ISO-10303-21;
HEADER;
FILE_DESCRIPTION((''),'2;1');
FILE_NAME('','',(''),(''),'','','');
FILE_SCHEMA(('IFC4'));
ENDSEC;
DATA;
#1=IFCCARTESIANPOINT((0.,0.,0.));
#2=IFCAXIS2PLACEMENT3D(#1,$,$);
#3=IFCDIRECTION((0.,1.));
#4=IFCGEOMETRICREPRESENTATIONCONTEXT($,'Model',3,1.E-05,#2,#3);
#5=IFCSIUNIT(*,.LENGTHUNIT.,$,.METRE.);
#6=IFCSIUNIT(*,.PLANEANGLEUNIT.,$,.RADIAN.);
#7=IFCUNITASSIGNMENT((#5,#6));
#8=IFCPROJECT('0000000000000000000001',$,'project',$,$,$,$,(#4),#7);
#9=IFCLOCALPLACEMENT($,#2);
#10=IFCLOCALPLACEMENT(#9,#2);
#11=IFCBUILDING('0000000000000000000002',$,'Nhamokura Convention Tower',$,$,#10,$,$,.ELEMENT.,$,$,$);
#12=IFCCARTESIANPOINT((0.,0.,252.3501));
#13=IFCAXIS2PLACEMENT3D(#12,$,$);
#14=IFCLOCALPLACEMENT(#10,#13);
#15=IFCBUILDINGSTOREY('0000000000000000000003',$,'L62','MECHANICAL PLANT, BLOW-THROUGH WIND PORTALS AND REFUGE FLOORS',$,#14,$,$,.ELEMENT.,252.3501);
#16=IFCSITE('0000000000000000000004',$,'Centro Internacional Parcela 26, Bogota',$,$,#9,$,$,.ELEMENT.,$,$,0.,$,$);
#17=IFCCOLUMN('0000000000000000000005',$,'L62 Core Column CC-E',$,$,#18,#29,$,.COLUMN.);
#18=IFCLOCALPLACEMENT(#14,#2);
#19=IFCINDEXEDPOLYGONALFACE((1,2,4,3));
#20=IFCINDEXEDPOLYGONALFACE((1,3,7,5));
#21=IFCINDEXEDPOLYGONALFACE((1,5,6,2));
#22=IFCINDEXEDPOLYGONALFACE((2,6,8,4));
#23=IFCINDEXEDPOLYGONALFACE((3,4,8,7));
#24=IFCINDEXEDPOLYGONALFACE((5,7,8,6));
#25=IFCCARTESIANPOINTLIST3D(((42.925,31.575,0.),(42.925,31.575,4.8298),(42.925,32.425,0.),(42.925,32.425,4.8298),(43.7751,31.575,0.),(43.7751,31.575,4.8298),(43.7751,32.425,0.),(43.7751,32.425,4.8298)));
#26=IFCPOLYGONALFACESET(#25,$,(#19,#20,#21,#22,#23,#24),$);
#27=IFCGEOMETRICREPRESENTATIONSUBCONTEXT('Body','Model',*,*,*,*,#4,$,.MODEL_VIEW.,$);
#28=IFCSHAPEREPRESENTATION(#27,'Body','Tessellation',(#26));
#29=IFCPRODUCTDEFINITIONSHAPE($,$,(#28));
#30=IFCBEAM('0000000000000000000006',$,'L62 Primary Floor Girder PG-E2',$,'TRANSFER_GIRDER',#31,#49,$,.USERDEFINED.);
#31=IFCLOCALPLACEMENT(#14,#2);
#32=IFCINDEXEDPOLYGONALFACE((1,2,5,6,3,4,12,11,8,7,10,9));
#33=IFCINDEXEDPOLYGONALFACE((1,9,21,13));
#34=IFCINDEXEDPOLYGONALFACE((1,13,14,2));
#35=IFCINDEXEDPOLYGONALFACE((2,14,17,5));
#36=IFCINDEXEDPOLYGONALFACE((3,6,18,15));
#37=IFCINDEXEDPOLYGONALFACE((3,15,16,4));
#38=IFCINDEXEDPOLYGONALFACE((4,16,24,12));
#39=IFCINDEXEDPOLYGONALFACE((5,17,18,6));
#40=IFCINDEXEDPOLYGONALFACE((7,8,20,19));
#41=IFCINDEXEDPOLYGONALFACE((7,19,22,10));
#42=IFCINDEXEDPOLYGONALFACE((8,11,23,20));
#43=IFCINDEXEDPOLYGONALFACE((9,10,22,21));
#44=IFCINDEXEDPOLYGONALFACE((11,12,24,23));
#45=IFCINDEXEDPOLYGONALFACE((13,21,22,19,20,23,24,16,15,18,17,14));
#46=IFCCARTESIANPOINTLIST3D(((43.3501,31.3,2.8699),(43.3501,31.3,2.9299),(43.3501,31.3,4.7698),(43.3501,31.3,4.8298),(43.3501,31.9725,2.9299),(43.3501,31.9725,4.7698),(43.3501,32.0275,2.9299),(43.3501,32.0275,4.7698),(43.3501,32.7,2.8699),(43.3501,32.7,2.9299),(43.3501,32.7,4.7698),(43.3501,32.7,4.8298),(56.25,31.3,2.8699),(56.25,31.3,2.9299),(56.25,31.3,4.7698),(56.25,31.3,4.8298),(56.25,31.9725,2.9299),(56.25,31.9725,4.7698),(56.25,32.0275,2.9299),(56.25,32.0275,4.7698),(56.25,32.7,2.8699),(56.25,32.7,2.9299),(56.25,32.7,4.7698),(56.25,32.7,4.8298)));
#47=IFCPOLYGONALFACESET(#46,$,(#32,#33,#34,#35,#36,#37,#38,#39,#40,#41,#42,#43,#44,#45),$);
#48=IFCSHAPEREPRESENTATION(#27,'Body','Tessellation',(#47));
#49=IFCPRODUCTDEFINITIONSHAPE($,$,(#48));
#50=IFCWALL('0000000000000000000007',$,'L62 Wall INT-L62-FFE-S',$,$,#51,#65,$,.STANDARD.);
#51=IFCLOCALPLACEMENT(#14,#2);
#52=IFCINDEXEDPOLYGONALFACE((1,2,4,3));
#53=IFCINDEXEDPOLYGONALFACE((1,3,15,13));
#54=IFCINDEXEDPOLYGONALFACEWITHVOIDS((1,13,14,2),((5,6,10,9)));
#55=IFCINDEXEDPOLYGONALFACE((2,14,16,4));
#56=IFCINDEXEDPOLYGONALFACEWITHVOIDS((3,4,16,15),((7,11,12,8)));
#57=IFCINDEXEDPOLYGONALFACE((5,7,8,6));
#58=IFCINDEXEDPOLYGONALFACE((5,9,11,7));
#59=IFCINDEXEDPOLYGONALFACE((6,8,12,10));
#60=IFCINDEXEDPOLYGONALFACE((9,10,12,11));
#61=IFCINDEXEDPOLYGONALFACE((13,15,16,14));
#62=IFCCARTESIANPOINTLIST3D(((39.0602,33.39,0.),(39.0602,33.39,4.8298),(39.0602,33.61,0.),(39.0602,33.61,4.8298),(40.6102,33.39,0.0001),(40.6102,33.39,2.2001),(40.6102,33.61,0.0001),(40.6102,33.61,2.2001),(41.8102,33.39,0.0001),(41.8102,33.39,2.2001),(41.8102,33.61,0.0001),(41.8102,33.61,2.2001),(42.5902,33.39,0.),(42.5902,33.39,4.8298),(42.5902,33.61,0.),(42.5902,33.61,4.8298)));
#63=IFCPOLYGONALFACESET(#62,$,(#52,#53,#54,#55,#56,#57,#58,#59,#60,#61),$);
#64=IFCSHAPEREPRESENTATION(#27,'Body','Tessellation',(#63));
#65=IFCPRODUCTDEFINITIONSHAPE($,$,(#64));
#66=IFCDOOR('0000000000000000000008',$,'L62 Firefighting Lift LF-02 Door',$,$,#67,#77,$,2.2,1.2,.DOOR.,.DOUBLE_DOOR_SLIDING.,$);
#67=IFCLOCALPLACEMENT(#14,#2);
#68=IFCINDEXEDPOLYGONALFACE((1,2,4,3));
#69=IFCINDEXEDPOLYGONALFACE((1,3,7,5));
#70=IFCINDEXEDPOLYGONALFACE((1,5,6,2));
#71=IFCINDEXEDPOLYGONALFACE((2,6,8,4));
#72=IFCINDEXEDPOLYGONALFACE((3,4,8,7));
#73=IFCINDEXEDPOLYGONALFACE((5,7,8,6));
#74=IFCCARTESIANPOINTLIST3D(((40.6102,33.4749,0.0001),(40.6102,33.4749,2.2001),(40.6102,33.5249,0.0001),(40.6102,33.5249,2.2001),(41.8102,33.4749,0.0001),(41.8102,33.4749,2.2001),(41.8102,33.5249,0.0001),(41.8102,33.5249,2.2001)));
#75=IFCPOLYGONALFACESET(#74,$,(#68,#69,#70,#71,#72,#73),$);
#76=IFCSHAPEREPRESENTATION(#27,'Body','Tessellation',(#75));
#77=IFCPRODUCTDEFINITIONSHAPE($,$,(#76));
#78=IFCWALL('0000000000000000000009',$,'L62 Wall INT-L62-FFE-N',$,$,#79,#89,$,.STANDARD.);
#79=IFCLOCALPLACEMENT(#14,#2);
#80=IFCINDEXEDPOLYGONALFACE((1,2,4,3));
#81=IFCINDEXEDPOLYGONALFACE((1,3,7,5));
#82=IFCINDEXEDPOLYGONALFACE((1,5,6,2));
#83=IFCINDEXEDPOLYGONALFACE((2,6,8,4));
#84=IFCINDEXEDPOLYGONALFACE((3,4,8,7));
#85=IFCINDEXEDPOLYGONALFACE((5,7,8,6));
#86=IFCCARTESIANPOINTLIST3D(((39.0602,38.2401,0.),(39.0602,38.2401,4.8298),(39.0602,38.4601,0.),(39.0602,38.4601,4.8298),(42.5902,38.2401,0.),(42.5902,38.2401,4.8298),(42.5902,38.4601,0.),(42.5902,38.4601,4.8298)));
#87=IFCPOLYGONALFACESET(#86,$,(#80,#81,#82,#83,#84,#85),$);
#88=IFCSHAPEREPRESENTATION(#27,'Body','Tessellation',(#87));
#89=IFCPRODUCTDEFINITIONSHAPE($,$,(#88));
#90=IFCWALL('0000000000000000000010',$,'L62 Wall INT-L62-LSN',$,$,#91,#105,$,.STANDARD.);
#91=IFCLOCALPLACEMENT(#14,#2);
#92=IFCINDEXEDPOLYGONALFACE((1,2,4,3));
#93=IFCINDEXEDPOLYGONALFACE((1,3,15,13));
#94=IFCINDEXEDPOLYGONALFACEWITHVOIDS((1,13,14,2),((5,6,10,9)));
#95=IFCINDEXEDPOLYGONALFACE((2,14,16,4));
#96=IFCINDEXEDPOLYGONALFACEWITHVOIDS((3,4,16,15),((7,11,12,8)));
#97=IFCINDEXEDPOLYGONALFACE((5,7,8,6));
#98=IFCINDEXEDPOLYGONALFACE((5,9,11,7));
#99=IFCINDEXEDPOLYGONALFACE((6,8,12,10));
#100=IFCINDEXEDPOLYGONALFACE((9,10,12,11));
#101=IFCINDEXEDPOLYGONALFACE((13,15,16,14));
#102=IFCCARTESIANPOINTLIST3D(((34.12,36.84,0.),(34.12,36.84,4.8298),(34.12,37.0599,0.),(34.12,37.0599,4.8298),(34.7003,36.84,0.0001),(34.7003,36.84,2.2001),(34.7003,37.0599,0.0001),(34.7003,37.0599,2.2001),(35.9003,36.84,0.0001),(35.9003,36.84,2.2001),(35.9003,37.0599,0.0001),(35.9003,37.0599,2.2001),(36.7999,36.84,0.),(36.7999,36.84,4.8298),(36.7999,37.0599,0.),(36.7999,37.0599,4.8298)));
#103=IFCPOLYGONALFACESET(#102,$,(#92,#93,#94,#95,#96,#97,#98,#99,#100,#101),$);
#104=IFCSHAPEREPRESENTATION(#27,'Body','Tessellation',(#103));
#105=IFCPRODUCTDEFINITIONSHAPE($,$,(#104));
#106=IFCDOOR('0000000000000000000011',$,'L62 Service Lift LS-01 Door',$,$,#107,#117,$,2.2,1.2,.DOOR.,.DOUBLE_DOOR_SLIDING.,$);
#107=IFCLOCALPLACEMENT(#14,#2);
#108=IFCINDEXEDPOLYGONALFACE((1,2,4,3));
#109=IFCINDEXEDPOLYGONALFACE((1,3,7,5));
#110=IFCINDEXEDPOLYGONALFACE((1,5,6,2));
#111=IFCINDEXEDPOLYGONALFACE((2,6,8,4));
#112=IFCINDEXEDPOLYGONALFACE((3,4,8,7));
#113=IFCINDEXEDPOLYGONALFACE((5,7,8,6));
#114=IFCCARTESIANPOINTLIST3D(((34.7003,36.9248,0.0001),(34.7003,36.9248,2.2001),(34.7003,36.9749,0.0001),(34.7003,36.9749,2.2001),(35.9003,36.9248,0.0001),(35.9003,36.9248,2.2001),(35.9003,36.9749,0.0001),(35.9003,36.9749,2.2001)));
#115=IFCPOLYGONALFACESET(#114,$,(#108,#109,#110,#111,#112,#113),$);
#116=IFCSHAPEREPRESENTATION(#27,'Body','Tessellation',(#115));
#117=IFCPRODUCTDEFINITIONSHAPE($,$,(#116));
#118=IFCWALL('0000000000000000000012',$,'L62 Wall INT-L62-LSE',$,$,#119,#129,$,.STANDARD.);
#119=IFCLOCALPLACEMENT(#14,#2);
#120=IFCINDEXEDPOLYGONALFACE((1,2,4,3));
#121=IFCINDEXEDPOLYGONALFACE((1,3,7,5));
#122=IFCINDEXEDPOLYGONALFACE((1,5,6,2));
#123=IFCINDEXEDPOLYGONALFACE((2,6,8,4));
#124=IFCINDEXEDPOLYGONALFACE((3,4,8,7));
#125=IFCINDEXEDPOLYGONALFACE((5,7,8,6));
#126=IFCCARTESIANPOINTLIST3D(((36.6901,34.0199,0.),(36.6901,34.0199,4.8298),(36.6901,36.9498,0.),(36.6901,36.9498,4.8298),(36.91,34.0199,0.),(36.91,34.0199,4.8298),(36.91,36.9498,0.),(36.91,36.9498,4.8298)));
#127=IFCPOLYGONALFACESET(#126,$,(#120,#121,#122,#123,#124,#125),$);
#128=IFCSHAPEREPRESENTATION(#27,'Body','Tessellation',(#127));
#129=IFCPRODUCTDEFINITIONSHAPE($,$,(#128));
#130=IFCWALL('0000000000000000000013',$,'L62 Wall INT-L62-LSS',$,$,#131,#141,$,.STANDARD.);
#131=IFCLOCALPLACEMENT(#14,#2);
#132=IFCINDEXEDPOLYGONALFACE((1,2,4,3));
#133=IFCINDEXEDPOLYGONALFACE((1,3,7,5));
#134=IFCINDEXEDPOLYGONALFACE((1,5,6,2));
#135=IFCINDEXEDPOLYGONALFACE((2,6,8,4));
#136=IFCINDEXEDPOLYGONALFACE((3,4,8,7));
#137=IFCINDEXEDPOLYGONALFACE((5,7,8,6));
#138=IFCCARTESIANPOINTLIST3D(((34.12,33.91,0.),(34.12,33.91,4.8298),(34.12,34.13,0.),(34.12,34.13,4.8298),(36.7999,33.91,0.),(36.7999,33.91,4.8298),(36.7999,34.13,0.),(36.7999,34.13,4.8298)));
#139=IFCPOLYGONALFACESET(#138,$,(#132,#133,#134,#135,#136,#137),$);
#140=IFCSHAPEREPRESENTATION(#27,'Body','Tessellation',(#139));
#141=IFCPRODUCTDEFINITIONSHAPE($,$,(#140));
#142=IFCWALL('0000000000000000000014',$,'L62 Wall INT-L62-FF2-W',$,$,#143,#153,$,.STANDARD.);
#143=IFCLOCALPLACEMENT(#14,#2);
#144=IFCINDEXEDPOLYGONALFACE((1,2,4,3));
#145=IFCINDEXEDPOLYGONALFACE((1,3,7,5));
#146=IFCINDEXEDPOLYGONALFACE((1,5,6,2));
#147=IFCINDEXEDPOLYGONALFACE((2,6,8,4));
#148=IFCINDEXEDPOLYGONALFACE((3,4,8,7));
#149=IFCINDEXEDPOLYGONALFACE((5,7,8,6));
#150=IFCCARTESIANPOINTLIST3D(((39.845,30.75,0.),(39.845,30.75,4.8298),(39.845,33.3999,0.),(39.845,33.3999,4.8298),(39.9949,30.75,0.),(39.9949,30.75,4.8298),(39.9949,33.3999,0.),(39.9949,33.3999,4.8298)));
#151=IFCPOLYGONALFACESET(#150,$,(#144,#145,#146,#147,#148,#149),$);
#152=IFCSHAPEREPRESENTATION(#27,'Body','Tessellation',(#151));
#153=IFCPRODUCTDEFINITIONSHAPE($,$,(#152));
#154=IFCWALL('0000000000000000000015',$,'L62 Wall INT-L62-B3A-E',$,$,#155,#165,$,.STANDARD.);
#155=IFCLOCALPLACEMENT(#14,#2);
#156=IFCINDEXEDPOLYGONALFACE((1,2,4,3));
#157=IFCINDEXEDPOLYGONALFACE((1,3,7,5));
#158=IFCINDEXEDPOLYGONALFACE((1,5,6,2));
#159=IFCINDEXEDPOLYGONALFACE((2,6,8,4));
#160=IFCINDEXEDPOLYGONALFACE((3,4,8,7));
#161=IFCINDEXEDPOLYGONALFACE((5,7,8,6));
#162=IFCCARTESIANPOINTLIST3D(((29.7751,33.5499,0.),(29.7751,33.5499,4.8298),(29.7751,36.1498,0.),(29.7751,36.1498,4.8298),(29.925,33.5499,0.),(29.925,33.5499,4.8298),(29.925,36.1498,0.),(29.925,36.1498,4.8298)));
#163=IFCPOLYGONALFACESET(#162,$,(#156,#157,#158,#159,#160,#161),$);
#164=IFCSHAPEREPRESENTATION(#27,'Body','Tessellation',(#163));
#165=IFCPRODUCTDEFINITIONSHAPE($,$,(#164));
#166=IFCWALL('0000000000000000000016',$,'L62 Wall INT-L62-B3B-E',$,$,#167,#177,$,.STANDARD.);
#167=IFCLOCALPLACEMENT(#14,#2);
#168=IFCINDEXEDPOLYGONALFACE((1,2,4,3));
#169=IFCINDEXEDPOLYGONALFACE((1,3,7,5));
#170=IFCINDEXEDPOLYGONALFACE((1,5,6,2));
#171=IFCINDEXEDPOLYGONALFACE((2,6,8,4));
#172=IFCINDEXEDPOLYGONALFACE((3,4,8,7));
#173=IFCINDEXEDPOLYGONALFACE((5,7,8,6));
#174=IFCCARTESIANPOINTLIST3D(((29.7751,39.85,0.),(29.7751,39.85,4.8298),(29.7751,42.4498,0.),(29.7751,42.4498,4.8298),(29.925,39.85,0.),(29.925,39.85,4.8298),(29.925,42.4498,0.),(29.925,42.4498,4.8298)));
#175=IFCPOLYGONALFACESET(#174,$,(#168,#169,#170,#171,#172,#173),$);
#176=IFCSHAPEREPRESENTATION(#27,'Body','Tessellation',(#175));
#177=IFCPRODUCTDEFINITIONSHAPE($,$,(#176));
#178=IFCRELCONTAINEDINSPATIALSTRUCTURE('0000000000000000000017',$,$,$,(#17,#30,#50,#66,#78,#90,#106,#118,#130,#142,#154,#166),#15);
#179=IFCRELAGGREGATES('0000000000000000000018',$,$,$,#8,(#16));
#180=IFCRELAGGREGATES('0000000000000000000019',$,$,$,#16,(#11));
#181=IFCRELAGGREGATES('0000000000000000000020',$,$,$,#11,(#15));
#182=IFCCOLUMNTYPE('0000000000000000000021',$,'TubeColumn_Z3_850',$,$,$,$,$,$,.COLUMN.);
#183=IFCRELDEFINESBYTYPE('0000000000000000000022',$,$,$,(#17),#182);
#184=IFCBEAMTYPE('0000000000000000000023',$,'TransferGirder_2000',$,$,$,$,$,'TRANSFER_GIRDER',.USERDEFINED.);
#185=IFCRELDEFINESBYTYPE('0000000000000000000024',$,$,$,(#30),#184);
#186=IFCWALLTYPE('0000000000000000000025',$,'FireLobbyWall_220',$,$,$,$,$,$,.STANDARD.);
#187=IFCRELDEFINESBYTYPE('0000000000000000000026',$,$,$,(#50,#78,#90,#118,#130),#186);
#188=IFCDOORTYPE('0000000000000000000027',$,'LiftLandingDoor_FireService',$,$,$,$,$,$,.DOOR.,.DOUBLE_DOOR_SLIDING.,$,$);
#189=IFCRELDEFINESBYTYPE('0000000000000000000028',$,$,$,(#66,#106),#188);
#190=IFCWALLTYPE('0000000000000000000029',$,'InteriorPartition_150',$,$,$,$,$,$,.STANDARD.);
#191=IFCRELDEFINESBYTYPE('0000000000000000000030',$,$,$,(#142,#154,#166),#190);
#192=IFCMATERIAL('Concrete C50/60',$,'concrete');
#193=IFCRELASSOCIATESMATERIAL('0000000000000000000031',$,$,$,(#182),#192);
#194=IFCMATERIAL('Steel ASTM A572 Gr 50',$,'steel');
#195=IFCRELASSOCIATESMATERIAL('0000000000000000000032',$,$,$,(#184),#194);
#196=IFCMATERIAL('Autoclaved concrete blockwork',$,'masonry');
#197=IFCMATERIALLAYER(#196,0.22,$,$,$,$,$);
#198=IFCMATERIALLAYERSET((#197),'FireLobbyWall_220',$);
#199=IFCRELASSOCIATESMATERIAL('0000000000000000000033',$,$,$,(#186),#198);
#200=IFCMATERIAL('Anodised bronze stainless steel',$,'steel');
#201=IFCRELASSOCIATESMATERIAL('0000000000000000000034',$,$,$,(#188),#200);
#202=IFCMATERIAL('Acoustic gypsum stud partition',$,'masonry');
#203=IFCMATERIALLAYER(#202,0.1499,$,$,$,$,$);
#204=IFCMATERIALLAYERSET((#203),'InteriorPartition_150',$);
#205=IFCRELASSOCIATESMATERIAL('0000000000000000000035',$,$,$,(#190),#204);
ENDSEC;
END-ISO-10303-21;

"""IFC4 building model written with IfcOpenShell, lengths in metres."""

from ifc_helpers import new_model, si_unit, direction, frame, frame_2d, origin, origin_2d, place, context, subcontext, project, spatial, rectangle, i_section, extrude, material, layer, layer_set, material_profile, profile_set, type_object, element, fill, save


model = new_model("IFC4")

# Units and contexts
model_context = context("Model", 3, precision=1e-05, world=origin(), true_north=direction((0.0, 1.0)))
body_context = subcontext(model_context, "Body", "Model", "MODEL_VIEW")
ifc_project = project(units=[si_unit("LENGTHUNIT", "METRE"), si_unit("PLANEANGLEUNIT", "RADIAN")], contexts=[model_context])

# Site, building, storey
site_placement = place(None, origin())
site = spatial("IfcSite", under=ifc_project, at=site_placement, Name="Centro Internacional Parcela 26, Bogota", CompositionType="ELEMENT", RefElevation=0.0)
building_placement = place(site_placement, origin())
building = spatial("IfcBuilding", under=site, at=building_placement, Name="Nhamokura Convention Tower", CompositionType="ELEMENT")
storey_placement = place(building_placement, frame((0.0, 0.0, 252.3501)))
storey = spatial("IfcBuildingStorey", under=building, at=storey_placement, Name="L62", Description="MECHANICAL PLANT, BLOW-THROUGH WIND PORTALS AND REFUGE FLOORS", CompositionType="ELEMENT", Elevation=252.3501)

# Column
ifc_material_1 = material(Name="Concrete C50/60", Category="concrete")
ifc_material_profile_1 = material_profile(ifc_material_1, rectangle(XDim=0.8501, YDim=0.8501, at=origin_2d()))
ifc_profile_set_1 = profile_set([ifc_material_profile_1], Name="Concrete C50/60")
column_type = type_object("IfcColumnType", Name="TubeColumn_Z3_850", PredefinedType="COLUMN", material=ifc_profile_set_1)
column_placement = place(storey_placement, frame((43.3501, 32.0, 0.0), z_axis=(0.0, 0.0, 1.0), x_axis=(1.0, 0.0, 0.0)))
element("IfcColumn", 1, at=column_placement, inside=storey, type_object=column_type, Name="L62 Core Column CC-E", PredefinedType="COLUMN", context=body_context, shape_type="SweptSolid", body=[
    extrude(rectangle(XDim=0.8501, YDim=0.8501, at=origin_2d()), origin(), (0.0, 0.0, 1.0), 4.8298),
])

# Beam
ifc_material_2 = material(Name="Steel ASTM A572 Gr 50", Category="steel")
ifc_material_profile_2 = material_profile(ifc_material_2, i_section(OverallWidth=1.3999, OverallDepth=1.96, WebThickness=0.0549, FlangeThickness=0.0601, at=origin_2d()))
ifc_profile_set_2 = profile_set([ifc_material_profile_2], Name="Steel ASTM A572 Gr 50")
beam_type = type_object("IfcBeamType", Name="TransferGirder_2000", ElementType="TRANSFER_GIRDER", PredefinedType="USERDEFINED", material=ifc_profile_set_2)
beam_placement = place(storey_placement, frame((43.3501, 32.0, 3.8499), z_axis=(1.0, 0.0, 0.0), x_axis=(0.0, 1.0, 0.0)))
element("IfcBeam", 2, at=beam_placement, inside=storey, type_object=beam_type, Name="L62 Primary Floor Girder PG-E2", ObjectType="TRANSFER_GIRDER", PredefinedType="USERDEFINED", context=body_context, shape_type="SweptSolid", body=[
    extrude(i_section(OverallWidth=1.3999, OverallDepth=1.96, WebThickness=0.0549, FlangeThickness=0.0601, at=origin_2d()), origin(), (0.0, 0.0, 1.0), 12.8999),
])

# Wall, opening, door
ifc_material_3 = material(Name="Autoclaved concrete blockwork", Category="masonry")
ifc_layer_1 = layer(ifc_material_3, 0.22)
ifc_layer_set_1 = layer_set([ifc_layer_1], Name="FireLobbyWall_220")
wall_type_1 = type_object("IfcWallType", Name="FireLobbyWall_220", PredefinedType="STANDARD", material=ifc_layer_set_1)
wall_1_placement = place(storey_placement, frame((39.0601, 33.5, 0.0), z_axis=(0.0, 0.0, 1.0), x_axis=(1.0, 0.0, 0.0)))
wall_1 = element("IfcWall", 3, at=wall_1_placement, inside=storey, type_object=wall_type_1, Name="L62 Wall INT-L62-FFE-S", PredefinedType="STANDARD", context=body_context, shape_type="SweptSolid", body=[
    extrude(rectangle(XDim=3.53, YDim=0.22, at=frame_2d((1.7651, 0.0))), origin(), (0.0, 0.0, 1.0), 4.8298),
])
opening_1_placement = place(wall_1_placement, frame((1.55, 0.0, 0.0)))
opening_1 = element("IfcOpeningElement", 4, at=opening_1_placement, cuts=wall_1, PredefinedType="OPENING", context=body_context, shape_type="SweptSolid", body=[
    extrude(rectangle(XDim=1.2, YDim=2.2, at=frame_2d((0.6001, 1.1001))), frame((0.0, 0.1199, 0.0), z_axis=(0.0, -1.0, 0.0), x_axis=(1.0, 0.0, 0.0)), (0.0, 0.0, 1.0), 0.24),
])
ifc_material_4 = material(Name="Anodised bronze stainless steel", Category="steel")
door_type_1 = type_object("IfcDoorType", Name="LiftLandingDoor_FireService", OperationType="DOUBLE_DOOR_SLIDING", PredefinedType="DOOR", material=ifc_material_4)
door_1_placement = place(opening_1_placement, origin())
door_1 = element("IfcDoor", 5, at=door_1_placement, inside=storey, type_object=door_type_1, Name="L62 Firefighting Lift LF-02 Door", OperationType="DOUBLE_DOOR_SLIDING", OverallHeight=2.2, OverallWidth=1.2, PredefinedType="DOOR", context=body_context, shape_type="SweptSolid", body=[
    extrude(rectangle(XDim=1.2, YDim=2.2, at=frame_2d((0.6001, 1.1001))), frame((0.0, 0.0249, 0.0), z_axis=(0.0, -1.0, 0.0), x_axis=(1.0, 0.0, 0.0)), (0.0, 0.0, 1.0), 0.05),
])
fill(opening_1, door_1)

# Wall
wall_2_placement = place(storey_placement, frame((39.0601, 38.3501, 0.0), z_axis=(0.0, 0.0, 1.0), x_axis=(1.0, 0.0, 0.0)))
element("IfcWall", 6, at=wall_2_placement, inside=storey, type_object=wall_type_1, Name="L62 Wall INT-L62-FFE-N", PredefinedType="STANDARD", context=body_context, shape_type="SweptSolid", body=[
    extrude(rectangle(XDim=3.53, YDim=0.22, at=frame_2d((1.7651, 0.0))), origin(), (0.0, 0.0, 1.0), 4.8298),
])

# Wall, opening, door
wall_3_placement = place(storey_placement, frame((34.1201, 36.95, 0.0), z_axis=(0.0, 0.0, 1.0), x_axis=(1.0, 0.0, 0.0)))
wall_3 = element("IfcWall", 7, at=wall_3_placement, inside=storey, type_object=wall_type_1, Name="L62 Wall INT-L62-LSN", PredefinedType="STANDARD", context=body_context, shape_type="SweptSolid", body=[
    extrude(rectangle(XDim=2.6799, YDim=0.22, at=frame_2d((1.3398, 0.0))), origin(), (0.0, 0.0, 1.0), 4.8298),
])
opening_2_placement = place(wall_3_placement, frame((0.5801, 0.0, 0.0)))
opening_2 = element("IfcOpeningElement", 8, at=opening_2_placement, cuts=wall_3, PredefinedType="OPENING", context=body_context, shape_type="SweptSolid", body=[
    extrude(rectangle(XDim=1.2, YDim=2.2, at=frame_2d((0.6001, 1.1001))), frame((0.0, 0.1199, 0.0), z_axis=(0.0, -1.0, 0.0), x_axis=(1.0, 0.0, 0.0)), (0.0, 0.0, 1.0), 0.24),
])
door_2_placement = place(opening_2_placement, origin())
door_2 = element("IfcDoor", 9, at=door_2_placement, inside=storey, type_object=door_type_1, Name="L62 Service Lift LS-01 Door", OperationType="DOUBLE_DOOR_SLIDING", OverallHeight=2.2, OverallWidth=1.2, PredefinedType="DOOR", context=body_context, shape_type="SweptSolid", body=[
    extrude(rectangle(XDim=1.2, YDim=2.2, at=frame_2d((0.6001, 1.1001))), frame((0.0, 0.0249, 0.0), z_axis=(0.0, -1.0, 0.0), x_axis=(1.0, 0.0, 0.0)), (0.0, 0.0, 1.0), 0.05),
])
fill(opening_2, door_2)

# Walls
wall_4_placement = place(storey_placement, frame((36.8, 34.02, 0.0), z_axis=(0.0, 0.0, 1.0), x_axis=(0.0, 1.0, 0.0)))
element("IfcWall", 10, at=wall_4_placement, inside=storey, type_object=wall_type_1, Name="L62 Wall INT-L62-LSE", PredefinedType="STANDARD", context=body_context, shape_type="SweptSolid", body=[
    extrude(rectangle(XDim=2.9299, YDim=0.22, at=frame_2d((1.4648, 0.0))), origin(), (0.0, 0.0, 1.0), 4.8298),
])
wall_5_placement = place(storey_placement, frame((34.1201, 34.02, 0.0), z_axis=(0.0, 0.0, 1.0), x_axis=(1.0, 0.0, 0.0)))
element("IfcWall", 11, at=wall_5_placement, inside=storey, type_object=wall_type_1, Name="L62 Wall INT-L62-LSS", PredefinedType="STANDARD", context=body_context, shape_type="SweptSolid", body=[
    extrude(rectangle(XDim=2.6799, YDim=0.22, at=frame_2d((1.3398, 0.0))), origin(), (0.0, 0.0, 1.0), 4.8298),
])
ifc_material_5 = material(Name="Acoustic gypsum stud partition", Category="masonry")
ifc_layer_2 = layer(ifc_material_5, 0.1499)
ifc_layer_set_2 = layer_set([ifc_layer_2], Name="InteriorPartition_150")
wall_type_2 = type_object("IfcWallType", Name="InteriorPartition_150", PredefinedType="STANDARD", material=ifc_layer_set_2)
wall_6_placement = place(storey_placement, frame((39.9199, 30.75, 0.0), z_axis=(0.0, 0.0, 1.0), x_axis=(0.0, 1.0, 0.0)))
element("IfcWall", 12, at=wall_6_placement, inside=storey, type_object=wall_type_2, Name="L62 Wall INT-L62-FF2-W", PredefinedType="STANDARD", context=body_context, shape_type="SweptSolid", body=[
    extrude(rectangle(XDim=2.6499, YDim=0.1499, at=frame_2d((1.325, 0.0))), origin(), (0.0, 0.0, 1.0), 4.8298),
])
for number, where, z_axis, x_axis, name in (
    (13, (29.8501, 33.55, 0.0), (0.0, 0.0, 1.0), (0.0, 1.0, 0.0), "L62 Wall INT-L62-B3A-E"),
    (14, (29.8501, 39.8501, 0.0), (0.0, 0.0, 1.0), (0.0, 1.0, 0.0), "L62 Wall INT-L62-B3B-E"),
):
    element("IfcWall", number, at=place(storey_placement, frame(where, z_axis=z_axis, x_axis=x_axis)), inside=storey, type_object=wall_type_2, Name=name, PredefinedType="STANDARD", context=body_context, shape_type="SweptSolid", body=[
        extrude(rectangle(XDim=2.5999, YDim=0.1499, at=frame_2d((1.2998, 0.0))), origin(), (0.0, 0.0, 1.0), 4.8298),
    ])

save(model, "model.ifc")
